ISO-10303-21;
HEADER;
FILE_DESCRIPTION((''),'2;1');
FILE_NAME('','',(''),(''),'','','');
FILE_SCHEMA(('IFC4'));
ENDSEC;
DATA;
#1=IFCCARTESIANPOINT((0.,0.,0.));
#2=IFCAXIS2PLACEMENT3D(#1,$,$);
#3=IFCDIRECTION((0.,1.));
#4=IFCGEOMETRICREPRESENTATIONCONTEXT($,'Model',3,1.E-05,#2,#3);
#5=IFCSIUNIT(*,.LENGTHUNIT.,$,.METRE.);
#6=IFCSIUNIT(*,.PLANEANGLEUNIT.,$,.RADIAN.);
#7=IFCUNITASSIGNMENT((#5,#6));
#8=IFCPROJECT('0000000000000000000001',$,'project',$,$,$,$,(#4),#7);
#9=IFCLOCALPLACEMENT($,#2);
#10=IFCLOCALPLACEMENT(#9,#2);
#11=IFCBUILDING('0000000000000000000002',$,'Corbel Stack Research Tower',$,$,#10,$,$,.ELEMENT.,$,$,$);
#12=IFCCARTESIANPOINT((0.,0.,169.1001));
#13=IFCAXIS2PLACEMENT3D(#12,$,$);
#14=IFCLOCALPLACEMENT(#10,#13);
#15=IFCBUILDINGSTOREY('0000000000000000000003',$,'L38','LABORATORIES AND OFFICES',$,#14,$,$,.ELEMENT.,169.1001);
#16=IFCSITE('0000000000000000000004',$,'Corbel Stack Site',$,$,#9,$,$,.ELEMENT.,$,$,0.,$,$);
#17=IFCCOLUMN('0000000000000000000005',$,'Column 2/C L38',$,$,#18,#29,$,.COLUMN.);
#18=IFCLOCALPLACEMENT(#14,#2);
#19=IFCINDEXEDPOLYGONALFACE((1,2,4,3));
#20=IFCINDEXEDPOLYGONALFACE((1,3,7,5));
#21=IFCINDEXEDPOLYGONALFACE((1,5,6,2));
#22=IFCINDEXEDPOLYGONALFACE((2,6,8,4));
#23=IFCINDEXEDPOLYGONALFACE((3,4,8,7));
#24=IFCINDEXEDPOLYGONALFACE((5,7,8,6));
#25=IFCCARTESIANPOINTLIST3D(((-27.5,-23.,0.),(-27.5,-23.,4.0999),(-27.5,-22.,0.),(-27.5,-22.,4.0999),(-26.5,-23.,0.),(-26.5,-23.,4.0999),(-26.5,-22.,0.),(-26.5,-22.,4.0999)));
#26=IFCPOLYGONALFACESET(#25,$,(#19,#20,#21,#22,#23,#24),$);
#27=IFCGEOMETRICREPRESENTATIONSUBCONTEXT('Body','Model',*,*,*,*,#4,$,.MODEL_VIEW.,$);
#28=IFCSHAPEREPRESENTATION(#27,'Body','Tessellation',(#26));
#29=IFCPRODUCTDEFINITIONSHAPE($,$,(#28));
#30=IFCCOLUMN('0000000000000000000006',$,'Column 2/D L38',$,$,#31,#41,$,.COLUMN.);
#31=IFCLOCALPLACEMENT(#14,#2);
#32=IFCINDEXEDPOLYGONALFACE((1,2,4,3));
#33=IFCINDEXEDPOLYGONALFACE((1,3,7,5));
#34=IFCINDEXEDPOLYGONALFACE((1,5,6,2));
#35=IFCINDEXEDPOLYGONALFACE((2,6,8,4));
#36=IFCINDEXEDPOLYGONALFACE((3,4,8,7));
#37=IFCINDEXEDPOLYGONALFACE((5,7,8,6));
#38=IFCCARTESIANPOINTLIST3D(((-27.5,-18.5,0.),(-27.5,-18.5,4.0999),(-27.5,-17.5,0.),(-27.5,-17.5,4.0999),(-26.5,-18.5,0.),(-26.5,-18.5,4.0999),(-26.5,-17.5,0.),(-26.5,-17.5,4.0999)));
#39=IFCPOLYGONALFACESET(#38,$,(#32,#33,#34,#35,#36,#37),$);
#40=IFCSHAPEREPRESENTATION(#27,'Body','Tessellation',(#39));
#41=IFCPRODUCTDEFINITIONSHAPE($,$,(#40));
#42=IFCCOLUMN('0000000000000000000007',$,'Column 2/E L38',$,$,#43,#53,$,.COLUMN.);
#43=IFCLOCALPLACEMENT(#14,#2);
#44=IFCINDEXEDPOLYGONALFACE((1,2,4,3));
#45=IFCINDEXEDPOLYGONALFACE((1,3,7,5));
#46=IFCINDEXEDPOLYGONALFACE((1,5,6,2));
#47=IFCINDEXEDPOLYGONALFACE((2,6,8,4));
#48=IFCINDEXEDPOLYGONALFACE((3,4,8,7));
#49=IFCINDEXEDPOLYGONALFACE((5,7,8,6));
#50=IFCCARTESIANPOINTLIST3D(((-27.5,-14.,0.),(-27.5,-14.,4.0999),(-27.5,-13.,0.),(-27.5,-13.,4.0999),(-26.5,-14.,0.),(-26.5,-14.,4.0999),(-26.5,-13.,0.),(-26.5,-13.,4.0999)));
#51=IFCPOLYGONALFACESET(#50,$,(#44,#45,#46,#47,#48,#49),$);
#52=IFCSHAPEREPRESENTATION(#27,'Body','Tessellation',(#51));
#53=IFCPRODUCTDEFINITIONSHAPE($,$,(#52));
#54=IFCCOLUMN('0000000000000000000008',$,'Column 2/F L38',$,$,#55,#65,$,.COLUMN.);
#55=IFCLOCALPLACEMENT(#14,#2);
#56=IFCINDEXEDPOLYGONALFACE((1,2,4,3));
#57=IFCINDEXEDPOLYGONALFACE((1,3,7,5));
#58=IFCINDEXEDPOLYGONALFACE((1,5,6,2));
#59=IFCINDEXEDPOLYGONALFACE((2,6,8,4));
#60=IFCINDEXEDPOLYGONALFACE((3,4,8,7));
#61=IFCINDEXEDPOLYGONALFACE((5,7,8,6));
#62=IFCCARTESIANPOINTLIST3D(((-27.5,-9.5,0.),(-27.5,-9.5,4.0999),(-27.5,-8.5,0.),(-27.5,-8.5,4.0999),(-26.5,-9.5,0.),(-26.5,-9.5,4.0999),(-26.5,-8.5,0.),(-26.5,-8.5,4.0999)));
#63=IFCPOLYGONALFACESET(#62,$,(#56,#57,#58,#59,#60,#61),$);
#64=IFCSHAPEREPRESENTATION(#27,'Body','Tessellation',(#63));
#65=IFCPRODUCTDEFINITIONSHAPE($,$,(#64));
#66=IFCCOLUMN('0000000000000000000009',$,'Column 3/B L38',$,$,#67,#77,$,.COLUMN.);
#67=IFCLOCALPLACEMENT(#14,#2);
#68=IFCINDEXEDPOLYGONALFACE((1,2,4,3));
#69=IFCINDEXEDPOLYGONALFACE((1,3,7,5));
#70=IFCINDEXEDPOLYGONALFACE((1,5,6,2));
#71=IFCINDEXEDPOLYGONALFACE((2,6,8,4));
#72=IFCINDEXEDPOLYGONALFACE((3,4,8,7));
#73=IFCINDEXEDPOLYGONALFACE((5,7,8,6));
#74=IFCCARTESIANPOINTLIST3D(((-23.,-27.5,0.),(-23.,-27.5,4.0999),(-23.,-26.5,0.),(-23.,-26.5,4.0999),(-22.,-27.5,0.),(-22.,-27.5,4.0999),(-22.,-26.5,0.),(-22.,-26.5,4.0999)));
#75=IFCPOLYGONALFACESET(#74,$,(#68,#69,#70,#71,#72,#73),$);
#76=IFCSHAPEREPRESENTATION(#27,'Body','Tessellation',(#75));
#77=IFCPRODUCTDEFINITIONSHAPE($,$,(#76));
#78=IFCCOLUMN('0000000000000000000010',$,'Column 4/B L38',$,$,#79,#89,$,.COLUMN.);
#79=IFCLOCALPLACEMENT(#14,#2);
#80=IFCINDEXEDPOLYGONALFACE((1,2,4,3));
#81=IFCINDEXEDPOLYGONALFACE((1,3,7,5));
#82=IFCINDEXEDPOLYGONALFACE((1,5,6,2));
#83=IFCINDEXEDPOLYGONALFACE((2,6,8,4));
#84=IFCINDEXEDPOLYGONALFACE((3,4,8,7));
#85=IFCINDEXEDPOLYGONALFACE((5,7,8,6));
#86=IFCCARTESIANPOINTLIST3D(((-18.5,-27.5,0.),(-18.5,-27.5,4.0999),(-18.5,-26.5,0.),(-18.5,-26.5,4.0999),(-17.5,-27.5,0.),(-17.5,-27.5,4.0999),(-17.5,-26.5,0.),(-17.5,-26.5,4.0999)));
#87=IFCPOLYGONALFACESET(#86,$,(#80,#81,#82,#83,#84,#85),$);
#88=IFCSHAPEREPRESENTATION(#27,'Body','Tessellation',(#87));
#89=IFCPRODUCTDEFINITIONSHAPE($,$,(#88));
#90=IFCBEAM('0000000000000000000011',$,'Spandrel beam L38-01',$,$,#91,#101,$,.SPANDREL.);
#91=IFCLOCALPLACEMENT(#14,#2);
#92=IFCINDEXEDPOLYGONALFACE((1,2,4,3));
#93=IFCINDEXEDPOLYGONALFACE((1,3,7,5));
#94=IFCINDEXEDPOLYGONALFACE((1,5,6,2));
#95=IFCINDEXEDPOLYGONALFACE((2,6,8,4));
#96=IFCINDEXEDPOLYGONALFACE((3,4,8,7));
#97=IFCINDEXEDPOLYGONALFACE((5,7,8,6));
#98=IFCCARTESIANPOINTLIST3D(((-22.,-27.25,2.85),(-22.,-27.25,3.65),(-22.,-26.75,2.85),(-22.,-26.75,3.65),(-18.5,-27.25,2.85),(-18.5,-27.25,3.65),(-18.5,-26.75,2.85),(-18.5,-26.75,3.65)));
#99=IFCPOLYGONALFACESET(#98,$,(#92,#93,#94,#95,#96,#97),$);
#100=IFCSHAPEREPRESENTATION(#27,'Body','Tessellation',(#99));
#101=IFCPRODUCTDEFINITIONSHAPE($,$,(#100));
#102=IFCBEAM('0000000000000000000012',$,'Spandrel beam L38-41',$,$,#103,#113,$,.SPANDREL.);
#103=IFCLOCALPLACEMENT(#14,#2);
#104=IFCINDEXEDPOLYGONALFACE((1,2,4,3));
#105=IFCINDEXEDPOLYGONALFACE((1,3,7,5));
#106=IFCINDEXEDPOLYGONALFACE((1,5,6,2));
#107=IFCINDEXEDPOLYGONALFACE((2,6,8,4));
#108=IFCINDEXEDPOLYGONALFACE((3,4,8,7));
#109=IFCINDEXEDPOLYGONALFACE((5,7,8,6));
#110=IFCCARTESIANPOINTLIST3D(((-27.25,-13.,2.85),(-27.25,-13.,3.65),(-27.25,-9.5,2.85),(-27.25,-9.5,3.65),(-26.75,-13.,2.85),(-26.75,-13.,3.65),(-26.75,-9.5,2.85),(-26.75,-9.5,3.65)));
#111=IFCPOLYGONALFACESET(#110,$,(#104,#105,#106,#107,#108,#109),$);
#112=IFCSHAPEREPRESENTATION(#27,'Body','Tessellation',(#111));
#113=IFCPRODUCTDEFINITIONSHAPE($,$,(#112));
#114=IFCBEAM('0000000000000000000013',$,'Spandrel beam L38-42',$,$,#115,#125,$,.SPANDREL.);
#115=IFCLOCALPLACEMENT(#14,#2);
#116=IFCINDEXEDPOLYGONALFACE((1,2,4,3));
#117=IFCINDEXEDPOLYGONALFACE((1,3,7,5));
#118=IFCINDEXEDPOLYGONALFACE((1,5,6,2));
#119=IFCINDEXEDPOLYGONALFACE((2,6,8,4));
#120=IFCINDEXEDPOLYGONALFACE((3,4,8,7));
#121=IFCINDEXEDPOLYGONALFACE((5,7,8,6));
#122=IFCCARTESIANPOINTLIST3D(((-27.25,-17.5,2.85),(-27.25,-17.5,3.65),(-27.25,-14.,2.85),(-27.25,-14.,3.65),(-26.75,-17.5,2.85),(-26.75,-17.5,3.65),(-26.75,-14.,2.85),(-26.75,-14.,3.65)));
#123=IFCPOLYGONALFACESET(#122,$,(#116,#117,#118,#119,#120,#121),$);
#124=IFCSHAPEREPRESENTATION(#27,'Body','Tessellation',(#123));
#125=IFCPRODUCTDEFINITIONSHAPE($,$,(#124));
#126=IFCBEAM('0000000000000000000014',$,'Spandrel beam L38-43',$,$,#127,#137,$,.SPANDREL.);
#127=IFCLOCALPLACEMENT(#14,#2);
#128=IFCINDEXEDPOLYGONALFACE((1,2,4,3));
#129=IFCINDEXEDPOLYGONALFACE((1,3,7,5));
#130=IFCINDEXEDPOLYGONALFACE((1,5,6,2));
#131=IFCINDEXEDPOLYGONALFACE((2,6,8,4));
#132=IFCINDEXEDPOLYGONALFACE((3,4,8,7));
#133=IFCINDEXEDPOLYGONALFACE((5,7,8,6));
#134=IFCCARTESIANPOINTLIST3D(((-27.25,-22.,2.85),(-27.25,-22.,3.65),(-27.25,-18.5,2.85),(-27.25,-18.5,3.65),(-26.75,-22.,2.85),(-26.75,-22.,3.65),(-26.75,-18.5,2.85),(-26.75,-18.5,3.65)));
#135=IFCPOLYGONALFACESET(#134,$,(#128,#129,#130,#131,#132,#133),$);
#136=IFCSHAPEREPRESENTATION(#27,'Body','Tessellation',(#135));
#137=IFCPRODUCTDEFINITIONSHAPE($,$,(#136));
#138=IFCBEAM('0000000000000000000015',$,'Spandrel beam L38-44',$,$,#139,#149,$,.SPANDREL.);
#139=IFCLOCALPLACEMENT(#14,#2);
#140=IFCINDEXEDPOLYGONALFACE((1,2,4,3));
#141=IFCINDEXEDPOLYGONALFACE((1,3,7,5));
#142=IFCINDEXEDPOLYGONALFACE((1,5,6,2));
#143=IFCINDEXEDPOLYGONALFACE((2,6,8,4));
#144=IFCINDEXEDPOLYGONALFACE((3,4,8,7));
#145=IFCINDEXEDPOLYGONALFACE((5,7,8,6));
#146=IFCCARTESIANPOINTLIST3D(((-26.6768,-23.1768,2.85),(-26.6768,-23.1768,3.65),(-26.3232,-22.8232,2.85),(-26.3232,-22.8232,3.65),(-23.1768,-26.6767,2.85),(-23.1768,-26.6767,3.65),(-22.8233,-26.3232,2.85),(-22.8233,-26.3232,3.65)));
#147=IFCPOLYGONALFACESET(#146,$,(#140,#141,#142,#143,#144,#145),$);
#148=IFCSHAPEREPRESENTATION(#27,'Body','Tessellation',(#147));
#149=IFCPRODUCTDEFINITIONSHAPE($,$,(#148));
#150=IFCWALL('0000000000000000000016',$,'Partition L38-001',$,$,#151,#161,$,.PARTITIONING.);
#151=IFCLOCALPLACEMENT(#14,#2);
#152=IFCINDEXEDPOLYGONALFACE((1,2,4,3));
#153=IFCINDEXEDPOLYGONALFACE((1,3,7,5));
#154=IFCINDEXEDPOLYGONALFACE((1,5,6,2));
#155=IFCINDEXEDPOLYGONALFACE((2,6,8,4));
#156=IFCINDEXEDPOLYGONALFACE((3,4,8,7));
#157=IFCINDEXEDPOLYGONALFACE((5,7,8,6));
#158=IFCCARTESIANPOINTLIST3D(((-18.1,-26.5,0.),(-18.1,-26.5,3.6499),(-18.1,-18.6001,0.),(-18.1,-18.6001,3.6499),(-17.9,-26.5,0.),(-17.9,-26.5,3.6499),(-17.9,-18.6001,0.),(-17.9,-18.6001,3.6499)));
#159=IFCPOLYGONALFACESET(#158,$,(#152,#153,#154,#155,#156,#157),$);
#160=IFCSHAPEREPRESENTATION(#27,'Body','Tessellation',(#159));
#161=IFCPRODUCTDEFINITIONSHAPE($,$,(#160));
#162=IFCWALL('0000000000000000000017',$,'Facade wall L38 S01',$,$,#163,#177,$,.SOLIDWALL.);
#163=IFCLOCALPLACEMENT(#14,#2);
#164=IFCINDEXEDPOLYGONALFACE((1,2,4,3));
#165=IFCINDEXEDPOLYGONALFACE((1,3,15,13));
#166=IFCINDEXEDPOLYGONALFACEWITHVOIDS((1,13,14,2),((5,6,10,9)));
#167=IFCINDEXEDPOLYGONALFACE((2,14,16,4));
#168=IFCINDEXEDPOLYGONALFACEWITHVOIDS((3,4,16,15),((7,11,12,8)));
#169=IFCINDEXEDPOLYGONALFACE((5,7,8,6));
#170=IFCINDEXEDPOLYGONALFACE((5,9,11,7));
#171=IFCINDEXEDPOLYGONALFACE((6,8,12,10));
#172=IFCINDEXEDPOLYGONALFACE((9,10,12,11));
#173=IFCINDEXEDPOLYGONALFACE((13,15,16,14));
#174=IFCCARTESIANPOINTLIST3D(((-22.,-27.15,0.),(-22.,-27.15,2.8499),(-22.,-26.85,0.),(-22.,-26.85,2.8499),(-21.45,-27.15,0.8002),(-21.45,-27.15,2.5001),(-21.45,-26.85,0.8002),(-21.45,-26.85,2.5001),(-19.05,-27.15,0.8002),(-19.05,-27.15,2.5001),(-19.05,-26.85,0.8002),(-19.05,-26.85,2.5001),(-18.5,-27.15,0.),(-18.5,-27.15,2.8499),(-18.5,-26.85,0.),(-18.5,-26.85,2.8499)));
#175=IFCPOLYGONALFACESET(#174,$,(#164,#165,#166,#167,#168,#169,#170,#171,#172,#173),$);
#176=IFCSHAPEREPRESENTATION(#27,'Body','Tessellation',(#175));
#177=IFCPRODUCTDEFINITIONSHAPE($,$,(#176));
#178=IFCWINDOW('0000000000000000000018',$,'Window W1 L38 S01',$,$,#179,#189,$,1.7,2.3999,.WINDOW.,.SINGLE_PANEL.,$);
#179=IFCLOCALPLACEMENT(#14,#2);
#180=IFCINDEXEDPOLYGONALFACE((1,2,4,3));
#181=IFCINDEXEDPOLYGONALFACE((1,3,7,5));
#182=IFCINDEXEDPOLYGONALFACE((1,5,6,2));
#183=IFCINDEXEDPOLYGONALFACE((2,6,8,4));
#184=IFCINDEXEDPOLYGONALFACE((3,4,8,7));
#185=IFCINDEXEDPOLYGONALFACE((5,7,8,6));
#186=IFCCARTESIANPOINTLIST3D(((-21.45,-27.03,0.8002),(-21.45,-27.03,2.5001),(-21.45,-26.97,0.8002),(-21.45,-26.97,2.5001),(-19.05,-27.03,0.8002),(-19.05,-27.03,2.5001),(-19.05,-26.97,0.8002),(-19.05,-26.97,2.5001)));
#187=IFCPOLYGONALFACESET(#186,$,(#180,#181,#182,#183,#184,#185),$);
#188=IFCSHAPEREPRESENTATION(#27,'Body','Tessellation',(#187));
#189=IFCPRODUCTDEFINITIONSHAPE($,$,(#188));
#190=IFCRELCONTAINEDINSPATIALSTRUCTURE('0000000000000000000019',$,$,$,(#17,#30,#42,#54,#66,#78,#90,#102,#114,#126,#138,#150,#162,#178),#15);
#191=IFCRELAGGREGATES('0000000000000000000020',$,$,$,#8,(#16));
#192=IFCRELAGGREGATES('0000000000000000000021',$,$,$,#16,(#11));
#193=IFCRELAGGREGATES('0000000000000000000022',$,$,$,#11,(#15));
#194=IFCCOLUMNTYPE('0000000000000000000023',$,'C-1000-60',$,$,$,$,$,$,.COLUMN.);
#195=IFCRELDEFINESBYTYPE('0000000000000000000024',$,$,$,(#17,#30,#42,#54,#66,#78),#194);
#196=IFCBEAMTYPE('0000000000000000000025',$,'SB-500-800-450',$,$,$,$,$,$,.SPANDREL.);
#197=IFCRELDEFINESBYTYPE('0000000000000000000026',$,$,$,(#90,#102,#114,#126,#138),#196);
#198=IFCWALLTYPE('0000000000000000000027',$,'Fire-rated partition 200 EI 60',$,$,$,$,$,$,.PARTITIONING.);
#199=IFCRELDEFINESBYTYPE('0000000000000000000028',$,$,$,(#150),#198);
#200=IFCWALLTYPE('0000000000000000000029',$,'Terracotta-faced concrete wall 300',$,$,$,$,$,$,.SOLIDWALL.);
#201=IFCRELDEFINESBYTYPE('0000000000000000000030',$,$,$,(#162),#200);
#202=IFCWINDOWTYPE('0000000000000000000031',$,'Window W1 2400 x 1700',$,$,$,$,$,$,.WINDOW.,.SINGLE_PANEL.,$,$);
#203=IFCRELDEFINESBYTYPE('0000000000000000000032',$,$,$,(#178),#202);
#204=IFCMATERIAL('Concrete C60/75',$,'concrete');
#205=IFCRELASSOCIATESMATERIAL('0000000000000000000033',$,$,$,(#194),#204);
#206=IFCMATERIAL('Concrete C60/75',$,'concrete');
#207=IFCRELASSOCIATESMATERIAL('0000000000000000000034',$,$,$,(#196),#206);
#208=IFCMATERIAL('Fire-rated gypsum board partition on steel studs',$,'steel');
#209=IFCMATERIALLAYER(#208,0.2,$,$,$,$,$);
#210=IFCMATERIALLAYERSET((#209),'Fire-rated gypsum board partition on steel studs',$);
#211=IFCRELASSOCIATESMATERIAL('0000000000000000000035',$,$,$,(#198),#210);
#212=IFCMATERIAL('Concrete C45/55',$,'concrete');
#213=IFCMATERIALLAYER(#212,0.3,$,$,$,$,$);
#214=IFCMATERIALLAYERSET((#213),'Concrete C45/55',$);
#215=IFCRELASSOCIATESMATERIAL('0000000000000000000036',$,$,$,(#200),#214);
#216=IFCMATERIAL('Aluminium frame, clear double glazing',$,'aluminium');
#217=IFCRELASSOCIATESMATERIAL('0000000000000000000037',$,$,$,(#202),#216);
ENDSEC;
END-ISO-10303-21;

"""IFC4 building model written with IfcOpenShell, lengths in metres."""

from ifc_helpers import new_model, si_unit, direction, frame, frame_2d, origin, origin_2d, place, context, subcontext, project, spatial, rectangle, extrude, material, layer, layer_set, material_profile, profile_set, type_object, element, fill, save


model = new_model("IFC4")

# Units and contexts
model_context = context("Model", 3, precision=1e-05, world=origin(), true_north=direction((0.0, 1.0)))
body_context = subcontext(model_context, "Body", "Model", "MODEL_VIEW")
ifc_project = project(units=[si_unit("LENGTHUNIT", "METRE"), si_unit("PLANEANGLEUNIT", "RADIAN")], contexts=[model_context])

# Site, building, storey
site_placement = place(None, origin())
site = spatial("IfcSite", under=ifc_project, at=site_placement, Name="Corbel Stack Site", CompositionType="ELEMENT", RefElevation=0.0)
building_placement = place(site_placement, origin())
building = spatial("IfcBuilding", under=site, at=building_placement, Name="Corbel Stack Research Tower", CompositionType="ELEMENT")
storey_placement = place(building_placement, frame((0.0, 0.0, 169.1001)))
storey = spatial("IfcBuildingStorey", under=building, at=storey_placement, Name="L38", Description="LABORATORIES AND OFFICES", CompositionType="ELEMENT", Elevation=169.1001)

# Columns
ifc_material_1 = material(Name="Concrete C60/75", Category="concrete")
ifc_material_profile_1 = material_profile(ifc_material_1, rectangle(XDim=1.0, YDim=1.0, at=origin_2d()), Name="RC 1000 x 1000")
ifc_profile_set_1 = profile_set([ifc_material_profile_1], Name="Concrete C60/75")
column_type = type_object("IfcColumnType", Name="C-1000-60", PredefinedType="COLUMN", material=ifc_profile_set_1)
for number, where, z_axis, x_axis, name in (
    (1, (-27.0, -22.5, 0.0), (0.0, 0.0, 1.0), (1.0, 0.0, 0.0), "Column 2/C L38"),
    (2, (-27.0, -18.0, 0.0), (0.0, 0.0, 1.0), (1.0, 0.0, 0.0), "Column 2/D L38"),
    (3, (-27.0, -13.5, 0.0), (0.0, 0.0, 1.0), (1.0, 0.0, 0.0), "Column 2/E L38"),
    (4, (-27.0, -9.0, 0.0), (0.0, 0.0, 1.0), (1.0, 0.0, 0.0), "Column 2/F L38"),
    (5, (-22.5, -27.0, 0.0), (0.0, 0.0, 1.0), (1.0, 0.0, 0.0), "Column 3/B L38"),
    (6, (-18.0, -27.0, 0.0), (0.0, 0.0, 1.0), (1.0, 0.0, 0.0), "Column 4/B L38"),
):
    element("IfcColumn", number, at=place(storey_placement, frame(where, z_axis=z_axis, x_axis=x_axis)), inside=storey, type_object=column_type, Name=name, PredefinedType="COLUMN", context=body_context, shape_type="SweptSolid", body=[
        extrude(rectangle(XDim=1.0, YDim=1.0, at=origin_2d()), origin(), (0.0, 0.0, 1.0), 4.0999),
    ])

# Beams
ifc_material_2 = material(Name="Concrete C60/75", Category="concrete")
ifc_material_profile_2 = material_profile(ifc_material_2, rectangle(XDim=0.5, YDim=0.8, at=origin_2d()), Name="RC 500 x 800")
ifc_profile_set_2 = profile_set([ifc_material_profile_2], Name="Concrete C60/75")
beam_type = type_object("IfcBeamType", Name="SB-500-800-450", PredefinedType="SPANDREL", material=ifc_profile_set_2)
for number, where, z_axis, x_axis, name in (
    (7, (-22.0, -27.0, 3.25), (1.0, 0.0, 0.0), (0.0, 1.0, 0.0), "Spandrel beam L38-01"),
    (8, (-27.0, -9.5, 3.25), (0.0, -1.0, 0.0), (1.0, 0.0, 0.0), "Spandrel beam L38-41"),
    (9, (-27.0, -14.0, 3.25), (0.0, -1.0, 0.0), (1.0, 0.0, 0.0), "Spandrel beam L38-42"),
    (10, (-27.0, -18.5, 3.25), (0.0, -1.0, 0.0), (1.0, 0.0, 0.0), "Spandrel beam L38-43"),
):
    element("IfcBeam", number, at=place(storey_placement, frame(where, z_axis=z_axis, x_axis=x_axis)), inside=storey, type_object=beam_type, Name=name, PredefinedType="SPANDREL", context=body_context, shape_type="SweptSolid", body=[
        extrude(rectangle(XDim=0.5, YDim=0.8, at=origin_2d()), origin(), (0.0, 0.0, 1.0), 3.5),
    ])
beam_placement = place(storey_placement, frame((-26.5, -23.0, 3.25), z_axis=(0.707107, -0.707107, 0.0), x_axis=(0.707107, 0.707107, 0.0)))
element("IfcBeam", 11, at=beam_placement, inside=storey, type_object=beam_type, Name="Spandrel beam L38-44", PredefinedType="SPANDREL", context=body_context, shape_type="SweptSolid", body=[
    extrude(rectangle(XDim=0.5, YDim=0.8, at=origin_2d()), origin(), (0.0, 0.0, 1.0), 4.9497),
])

# Wall
ifc_material_3 = material(Name="Fire-rated gypsum board partition on steel studs", Category="steel")
ifc_layer_1 = layer(ifc_material_3, 0.2)
ifc_layer_set_1 = layer_set([ifc_layer_1], Name="Fire-rated gypsum board partition on steel studs")
wall_type_1 = type_object("IfcWallType", Name="Fire-rated partition 200 EI 60", PredefinedType="PARTITIONING", material=ifc_layer_set_1)
wall_1_placement = place(storey_placement, frame((-18.0, -26.5, 0.0), z_axis=(0.0, 0.0, 1.0), x_axis=(0.0, 1.0, 0.0)))
element("IfcWall", 12, at=wall_1_placement, inside=storey, type_object=wall_type_1, Name="Partition L38-001", PredefinedType="PARTITIONING", context=body_context, shape_type="SweptSolid", body=[
    extrude(rectangle(XDim=7.8999, YDim=0.2, at=frame_2d((3.95, 0.0))), origin(), (0.0, 0.0, 1.0), 3.6499),
])

# Wall, opening, window
ifc_material_4 = material(Name="Concrete C45/55", Category="concrete")
ifc_layer_2 = layer(ifc_material_4, 0.3)
ifc_layer_set_2 = layer_set([ifc_layer_2], Name="Concrete C45/55")
wall_type_2 = type_object("IfcWallType", Name="Terracotta-faced concrete wall 300", PredefinedType="SOLIDWALL", material=ifc_layer_set_2)
wall_2_placement = place(storey_placement, frame((-18.5, -27.0, 0.0), z_axis=(0.0, 0.0, 1.0), x_axis=(-1.0, 0.0, 0.0)))
wall_2 = element("IfcWall", 13, at=wall_2_placement, inside=storey, type_object=wall_type_2, Name="Facade wall L38 S01", PredefinedType="SOLIDWALL", context=body_context, shape_type="SweptSolid", body=[
    extrude(rectangle(XDim=3.5, YDim=0.3, at=frame_2d((1.75, 0.0))), origin(), (0.0, 0.0, 1.0), 2.8499),
])
opening_1_placement = place(wall_2_placement, frame((0.55, 0.0, 0.8)))
opening_1 = element("IfcOpeningElement", 14, at=opening_1_placement, cuts=wall_2, PredefinedType="OPENING", context=body_context, shape_type="SweptSolid", body=[
    extrude(rectangle(XDim=2.3999, YDim=1.7, at=frame_2d((1.2, 0.8501))), frame((0.0, 0.1599, 0.0), z_axis=(0.0, -1.0, 0.0), x_axis=(1.0, 0.0, 0.0)), (0.0, 0.0, 1.0), 0.3201),
])
ifc_material_5 = material(Name="Aluminium frame, clear double glazing", Category="aluminium")
window_type = type_object("IfcWindowType", Name="Window W1 2400 x 1700", PartitioningType="SINGLE_PANEL", PredefinedType="WINDOW", material=ifc_material_5)
window_1_placement = place(opening_1_placement, origin())
window_1 = element("IfcWindow", 15, at=window_1_placement, inside=storey, type_object=window_type, Name="Window W1 L38 S01", OverallHeight=1.7, OverallWidth=2.3999, PartitioningType="SINGLE_PANEL", PredefinedType="WINDOW", context=body_context, shape_type="SweptSolid", body=[
    extrude(rectangle(XDim=2.3999, YDim=1.7, at=frame_2d((1.2, 0.8501))), frame((0.0, 0.03, 0.0), z_axis=(0.0, -1.0, 0.0), x_axis=(1.0, 0.0, 0.0)), (0.0, 0.0, 1.0), 0.0601),
])
fill(opening_1, window_1)

save(model, "model.ifc")
